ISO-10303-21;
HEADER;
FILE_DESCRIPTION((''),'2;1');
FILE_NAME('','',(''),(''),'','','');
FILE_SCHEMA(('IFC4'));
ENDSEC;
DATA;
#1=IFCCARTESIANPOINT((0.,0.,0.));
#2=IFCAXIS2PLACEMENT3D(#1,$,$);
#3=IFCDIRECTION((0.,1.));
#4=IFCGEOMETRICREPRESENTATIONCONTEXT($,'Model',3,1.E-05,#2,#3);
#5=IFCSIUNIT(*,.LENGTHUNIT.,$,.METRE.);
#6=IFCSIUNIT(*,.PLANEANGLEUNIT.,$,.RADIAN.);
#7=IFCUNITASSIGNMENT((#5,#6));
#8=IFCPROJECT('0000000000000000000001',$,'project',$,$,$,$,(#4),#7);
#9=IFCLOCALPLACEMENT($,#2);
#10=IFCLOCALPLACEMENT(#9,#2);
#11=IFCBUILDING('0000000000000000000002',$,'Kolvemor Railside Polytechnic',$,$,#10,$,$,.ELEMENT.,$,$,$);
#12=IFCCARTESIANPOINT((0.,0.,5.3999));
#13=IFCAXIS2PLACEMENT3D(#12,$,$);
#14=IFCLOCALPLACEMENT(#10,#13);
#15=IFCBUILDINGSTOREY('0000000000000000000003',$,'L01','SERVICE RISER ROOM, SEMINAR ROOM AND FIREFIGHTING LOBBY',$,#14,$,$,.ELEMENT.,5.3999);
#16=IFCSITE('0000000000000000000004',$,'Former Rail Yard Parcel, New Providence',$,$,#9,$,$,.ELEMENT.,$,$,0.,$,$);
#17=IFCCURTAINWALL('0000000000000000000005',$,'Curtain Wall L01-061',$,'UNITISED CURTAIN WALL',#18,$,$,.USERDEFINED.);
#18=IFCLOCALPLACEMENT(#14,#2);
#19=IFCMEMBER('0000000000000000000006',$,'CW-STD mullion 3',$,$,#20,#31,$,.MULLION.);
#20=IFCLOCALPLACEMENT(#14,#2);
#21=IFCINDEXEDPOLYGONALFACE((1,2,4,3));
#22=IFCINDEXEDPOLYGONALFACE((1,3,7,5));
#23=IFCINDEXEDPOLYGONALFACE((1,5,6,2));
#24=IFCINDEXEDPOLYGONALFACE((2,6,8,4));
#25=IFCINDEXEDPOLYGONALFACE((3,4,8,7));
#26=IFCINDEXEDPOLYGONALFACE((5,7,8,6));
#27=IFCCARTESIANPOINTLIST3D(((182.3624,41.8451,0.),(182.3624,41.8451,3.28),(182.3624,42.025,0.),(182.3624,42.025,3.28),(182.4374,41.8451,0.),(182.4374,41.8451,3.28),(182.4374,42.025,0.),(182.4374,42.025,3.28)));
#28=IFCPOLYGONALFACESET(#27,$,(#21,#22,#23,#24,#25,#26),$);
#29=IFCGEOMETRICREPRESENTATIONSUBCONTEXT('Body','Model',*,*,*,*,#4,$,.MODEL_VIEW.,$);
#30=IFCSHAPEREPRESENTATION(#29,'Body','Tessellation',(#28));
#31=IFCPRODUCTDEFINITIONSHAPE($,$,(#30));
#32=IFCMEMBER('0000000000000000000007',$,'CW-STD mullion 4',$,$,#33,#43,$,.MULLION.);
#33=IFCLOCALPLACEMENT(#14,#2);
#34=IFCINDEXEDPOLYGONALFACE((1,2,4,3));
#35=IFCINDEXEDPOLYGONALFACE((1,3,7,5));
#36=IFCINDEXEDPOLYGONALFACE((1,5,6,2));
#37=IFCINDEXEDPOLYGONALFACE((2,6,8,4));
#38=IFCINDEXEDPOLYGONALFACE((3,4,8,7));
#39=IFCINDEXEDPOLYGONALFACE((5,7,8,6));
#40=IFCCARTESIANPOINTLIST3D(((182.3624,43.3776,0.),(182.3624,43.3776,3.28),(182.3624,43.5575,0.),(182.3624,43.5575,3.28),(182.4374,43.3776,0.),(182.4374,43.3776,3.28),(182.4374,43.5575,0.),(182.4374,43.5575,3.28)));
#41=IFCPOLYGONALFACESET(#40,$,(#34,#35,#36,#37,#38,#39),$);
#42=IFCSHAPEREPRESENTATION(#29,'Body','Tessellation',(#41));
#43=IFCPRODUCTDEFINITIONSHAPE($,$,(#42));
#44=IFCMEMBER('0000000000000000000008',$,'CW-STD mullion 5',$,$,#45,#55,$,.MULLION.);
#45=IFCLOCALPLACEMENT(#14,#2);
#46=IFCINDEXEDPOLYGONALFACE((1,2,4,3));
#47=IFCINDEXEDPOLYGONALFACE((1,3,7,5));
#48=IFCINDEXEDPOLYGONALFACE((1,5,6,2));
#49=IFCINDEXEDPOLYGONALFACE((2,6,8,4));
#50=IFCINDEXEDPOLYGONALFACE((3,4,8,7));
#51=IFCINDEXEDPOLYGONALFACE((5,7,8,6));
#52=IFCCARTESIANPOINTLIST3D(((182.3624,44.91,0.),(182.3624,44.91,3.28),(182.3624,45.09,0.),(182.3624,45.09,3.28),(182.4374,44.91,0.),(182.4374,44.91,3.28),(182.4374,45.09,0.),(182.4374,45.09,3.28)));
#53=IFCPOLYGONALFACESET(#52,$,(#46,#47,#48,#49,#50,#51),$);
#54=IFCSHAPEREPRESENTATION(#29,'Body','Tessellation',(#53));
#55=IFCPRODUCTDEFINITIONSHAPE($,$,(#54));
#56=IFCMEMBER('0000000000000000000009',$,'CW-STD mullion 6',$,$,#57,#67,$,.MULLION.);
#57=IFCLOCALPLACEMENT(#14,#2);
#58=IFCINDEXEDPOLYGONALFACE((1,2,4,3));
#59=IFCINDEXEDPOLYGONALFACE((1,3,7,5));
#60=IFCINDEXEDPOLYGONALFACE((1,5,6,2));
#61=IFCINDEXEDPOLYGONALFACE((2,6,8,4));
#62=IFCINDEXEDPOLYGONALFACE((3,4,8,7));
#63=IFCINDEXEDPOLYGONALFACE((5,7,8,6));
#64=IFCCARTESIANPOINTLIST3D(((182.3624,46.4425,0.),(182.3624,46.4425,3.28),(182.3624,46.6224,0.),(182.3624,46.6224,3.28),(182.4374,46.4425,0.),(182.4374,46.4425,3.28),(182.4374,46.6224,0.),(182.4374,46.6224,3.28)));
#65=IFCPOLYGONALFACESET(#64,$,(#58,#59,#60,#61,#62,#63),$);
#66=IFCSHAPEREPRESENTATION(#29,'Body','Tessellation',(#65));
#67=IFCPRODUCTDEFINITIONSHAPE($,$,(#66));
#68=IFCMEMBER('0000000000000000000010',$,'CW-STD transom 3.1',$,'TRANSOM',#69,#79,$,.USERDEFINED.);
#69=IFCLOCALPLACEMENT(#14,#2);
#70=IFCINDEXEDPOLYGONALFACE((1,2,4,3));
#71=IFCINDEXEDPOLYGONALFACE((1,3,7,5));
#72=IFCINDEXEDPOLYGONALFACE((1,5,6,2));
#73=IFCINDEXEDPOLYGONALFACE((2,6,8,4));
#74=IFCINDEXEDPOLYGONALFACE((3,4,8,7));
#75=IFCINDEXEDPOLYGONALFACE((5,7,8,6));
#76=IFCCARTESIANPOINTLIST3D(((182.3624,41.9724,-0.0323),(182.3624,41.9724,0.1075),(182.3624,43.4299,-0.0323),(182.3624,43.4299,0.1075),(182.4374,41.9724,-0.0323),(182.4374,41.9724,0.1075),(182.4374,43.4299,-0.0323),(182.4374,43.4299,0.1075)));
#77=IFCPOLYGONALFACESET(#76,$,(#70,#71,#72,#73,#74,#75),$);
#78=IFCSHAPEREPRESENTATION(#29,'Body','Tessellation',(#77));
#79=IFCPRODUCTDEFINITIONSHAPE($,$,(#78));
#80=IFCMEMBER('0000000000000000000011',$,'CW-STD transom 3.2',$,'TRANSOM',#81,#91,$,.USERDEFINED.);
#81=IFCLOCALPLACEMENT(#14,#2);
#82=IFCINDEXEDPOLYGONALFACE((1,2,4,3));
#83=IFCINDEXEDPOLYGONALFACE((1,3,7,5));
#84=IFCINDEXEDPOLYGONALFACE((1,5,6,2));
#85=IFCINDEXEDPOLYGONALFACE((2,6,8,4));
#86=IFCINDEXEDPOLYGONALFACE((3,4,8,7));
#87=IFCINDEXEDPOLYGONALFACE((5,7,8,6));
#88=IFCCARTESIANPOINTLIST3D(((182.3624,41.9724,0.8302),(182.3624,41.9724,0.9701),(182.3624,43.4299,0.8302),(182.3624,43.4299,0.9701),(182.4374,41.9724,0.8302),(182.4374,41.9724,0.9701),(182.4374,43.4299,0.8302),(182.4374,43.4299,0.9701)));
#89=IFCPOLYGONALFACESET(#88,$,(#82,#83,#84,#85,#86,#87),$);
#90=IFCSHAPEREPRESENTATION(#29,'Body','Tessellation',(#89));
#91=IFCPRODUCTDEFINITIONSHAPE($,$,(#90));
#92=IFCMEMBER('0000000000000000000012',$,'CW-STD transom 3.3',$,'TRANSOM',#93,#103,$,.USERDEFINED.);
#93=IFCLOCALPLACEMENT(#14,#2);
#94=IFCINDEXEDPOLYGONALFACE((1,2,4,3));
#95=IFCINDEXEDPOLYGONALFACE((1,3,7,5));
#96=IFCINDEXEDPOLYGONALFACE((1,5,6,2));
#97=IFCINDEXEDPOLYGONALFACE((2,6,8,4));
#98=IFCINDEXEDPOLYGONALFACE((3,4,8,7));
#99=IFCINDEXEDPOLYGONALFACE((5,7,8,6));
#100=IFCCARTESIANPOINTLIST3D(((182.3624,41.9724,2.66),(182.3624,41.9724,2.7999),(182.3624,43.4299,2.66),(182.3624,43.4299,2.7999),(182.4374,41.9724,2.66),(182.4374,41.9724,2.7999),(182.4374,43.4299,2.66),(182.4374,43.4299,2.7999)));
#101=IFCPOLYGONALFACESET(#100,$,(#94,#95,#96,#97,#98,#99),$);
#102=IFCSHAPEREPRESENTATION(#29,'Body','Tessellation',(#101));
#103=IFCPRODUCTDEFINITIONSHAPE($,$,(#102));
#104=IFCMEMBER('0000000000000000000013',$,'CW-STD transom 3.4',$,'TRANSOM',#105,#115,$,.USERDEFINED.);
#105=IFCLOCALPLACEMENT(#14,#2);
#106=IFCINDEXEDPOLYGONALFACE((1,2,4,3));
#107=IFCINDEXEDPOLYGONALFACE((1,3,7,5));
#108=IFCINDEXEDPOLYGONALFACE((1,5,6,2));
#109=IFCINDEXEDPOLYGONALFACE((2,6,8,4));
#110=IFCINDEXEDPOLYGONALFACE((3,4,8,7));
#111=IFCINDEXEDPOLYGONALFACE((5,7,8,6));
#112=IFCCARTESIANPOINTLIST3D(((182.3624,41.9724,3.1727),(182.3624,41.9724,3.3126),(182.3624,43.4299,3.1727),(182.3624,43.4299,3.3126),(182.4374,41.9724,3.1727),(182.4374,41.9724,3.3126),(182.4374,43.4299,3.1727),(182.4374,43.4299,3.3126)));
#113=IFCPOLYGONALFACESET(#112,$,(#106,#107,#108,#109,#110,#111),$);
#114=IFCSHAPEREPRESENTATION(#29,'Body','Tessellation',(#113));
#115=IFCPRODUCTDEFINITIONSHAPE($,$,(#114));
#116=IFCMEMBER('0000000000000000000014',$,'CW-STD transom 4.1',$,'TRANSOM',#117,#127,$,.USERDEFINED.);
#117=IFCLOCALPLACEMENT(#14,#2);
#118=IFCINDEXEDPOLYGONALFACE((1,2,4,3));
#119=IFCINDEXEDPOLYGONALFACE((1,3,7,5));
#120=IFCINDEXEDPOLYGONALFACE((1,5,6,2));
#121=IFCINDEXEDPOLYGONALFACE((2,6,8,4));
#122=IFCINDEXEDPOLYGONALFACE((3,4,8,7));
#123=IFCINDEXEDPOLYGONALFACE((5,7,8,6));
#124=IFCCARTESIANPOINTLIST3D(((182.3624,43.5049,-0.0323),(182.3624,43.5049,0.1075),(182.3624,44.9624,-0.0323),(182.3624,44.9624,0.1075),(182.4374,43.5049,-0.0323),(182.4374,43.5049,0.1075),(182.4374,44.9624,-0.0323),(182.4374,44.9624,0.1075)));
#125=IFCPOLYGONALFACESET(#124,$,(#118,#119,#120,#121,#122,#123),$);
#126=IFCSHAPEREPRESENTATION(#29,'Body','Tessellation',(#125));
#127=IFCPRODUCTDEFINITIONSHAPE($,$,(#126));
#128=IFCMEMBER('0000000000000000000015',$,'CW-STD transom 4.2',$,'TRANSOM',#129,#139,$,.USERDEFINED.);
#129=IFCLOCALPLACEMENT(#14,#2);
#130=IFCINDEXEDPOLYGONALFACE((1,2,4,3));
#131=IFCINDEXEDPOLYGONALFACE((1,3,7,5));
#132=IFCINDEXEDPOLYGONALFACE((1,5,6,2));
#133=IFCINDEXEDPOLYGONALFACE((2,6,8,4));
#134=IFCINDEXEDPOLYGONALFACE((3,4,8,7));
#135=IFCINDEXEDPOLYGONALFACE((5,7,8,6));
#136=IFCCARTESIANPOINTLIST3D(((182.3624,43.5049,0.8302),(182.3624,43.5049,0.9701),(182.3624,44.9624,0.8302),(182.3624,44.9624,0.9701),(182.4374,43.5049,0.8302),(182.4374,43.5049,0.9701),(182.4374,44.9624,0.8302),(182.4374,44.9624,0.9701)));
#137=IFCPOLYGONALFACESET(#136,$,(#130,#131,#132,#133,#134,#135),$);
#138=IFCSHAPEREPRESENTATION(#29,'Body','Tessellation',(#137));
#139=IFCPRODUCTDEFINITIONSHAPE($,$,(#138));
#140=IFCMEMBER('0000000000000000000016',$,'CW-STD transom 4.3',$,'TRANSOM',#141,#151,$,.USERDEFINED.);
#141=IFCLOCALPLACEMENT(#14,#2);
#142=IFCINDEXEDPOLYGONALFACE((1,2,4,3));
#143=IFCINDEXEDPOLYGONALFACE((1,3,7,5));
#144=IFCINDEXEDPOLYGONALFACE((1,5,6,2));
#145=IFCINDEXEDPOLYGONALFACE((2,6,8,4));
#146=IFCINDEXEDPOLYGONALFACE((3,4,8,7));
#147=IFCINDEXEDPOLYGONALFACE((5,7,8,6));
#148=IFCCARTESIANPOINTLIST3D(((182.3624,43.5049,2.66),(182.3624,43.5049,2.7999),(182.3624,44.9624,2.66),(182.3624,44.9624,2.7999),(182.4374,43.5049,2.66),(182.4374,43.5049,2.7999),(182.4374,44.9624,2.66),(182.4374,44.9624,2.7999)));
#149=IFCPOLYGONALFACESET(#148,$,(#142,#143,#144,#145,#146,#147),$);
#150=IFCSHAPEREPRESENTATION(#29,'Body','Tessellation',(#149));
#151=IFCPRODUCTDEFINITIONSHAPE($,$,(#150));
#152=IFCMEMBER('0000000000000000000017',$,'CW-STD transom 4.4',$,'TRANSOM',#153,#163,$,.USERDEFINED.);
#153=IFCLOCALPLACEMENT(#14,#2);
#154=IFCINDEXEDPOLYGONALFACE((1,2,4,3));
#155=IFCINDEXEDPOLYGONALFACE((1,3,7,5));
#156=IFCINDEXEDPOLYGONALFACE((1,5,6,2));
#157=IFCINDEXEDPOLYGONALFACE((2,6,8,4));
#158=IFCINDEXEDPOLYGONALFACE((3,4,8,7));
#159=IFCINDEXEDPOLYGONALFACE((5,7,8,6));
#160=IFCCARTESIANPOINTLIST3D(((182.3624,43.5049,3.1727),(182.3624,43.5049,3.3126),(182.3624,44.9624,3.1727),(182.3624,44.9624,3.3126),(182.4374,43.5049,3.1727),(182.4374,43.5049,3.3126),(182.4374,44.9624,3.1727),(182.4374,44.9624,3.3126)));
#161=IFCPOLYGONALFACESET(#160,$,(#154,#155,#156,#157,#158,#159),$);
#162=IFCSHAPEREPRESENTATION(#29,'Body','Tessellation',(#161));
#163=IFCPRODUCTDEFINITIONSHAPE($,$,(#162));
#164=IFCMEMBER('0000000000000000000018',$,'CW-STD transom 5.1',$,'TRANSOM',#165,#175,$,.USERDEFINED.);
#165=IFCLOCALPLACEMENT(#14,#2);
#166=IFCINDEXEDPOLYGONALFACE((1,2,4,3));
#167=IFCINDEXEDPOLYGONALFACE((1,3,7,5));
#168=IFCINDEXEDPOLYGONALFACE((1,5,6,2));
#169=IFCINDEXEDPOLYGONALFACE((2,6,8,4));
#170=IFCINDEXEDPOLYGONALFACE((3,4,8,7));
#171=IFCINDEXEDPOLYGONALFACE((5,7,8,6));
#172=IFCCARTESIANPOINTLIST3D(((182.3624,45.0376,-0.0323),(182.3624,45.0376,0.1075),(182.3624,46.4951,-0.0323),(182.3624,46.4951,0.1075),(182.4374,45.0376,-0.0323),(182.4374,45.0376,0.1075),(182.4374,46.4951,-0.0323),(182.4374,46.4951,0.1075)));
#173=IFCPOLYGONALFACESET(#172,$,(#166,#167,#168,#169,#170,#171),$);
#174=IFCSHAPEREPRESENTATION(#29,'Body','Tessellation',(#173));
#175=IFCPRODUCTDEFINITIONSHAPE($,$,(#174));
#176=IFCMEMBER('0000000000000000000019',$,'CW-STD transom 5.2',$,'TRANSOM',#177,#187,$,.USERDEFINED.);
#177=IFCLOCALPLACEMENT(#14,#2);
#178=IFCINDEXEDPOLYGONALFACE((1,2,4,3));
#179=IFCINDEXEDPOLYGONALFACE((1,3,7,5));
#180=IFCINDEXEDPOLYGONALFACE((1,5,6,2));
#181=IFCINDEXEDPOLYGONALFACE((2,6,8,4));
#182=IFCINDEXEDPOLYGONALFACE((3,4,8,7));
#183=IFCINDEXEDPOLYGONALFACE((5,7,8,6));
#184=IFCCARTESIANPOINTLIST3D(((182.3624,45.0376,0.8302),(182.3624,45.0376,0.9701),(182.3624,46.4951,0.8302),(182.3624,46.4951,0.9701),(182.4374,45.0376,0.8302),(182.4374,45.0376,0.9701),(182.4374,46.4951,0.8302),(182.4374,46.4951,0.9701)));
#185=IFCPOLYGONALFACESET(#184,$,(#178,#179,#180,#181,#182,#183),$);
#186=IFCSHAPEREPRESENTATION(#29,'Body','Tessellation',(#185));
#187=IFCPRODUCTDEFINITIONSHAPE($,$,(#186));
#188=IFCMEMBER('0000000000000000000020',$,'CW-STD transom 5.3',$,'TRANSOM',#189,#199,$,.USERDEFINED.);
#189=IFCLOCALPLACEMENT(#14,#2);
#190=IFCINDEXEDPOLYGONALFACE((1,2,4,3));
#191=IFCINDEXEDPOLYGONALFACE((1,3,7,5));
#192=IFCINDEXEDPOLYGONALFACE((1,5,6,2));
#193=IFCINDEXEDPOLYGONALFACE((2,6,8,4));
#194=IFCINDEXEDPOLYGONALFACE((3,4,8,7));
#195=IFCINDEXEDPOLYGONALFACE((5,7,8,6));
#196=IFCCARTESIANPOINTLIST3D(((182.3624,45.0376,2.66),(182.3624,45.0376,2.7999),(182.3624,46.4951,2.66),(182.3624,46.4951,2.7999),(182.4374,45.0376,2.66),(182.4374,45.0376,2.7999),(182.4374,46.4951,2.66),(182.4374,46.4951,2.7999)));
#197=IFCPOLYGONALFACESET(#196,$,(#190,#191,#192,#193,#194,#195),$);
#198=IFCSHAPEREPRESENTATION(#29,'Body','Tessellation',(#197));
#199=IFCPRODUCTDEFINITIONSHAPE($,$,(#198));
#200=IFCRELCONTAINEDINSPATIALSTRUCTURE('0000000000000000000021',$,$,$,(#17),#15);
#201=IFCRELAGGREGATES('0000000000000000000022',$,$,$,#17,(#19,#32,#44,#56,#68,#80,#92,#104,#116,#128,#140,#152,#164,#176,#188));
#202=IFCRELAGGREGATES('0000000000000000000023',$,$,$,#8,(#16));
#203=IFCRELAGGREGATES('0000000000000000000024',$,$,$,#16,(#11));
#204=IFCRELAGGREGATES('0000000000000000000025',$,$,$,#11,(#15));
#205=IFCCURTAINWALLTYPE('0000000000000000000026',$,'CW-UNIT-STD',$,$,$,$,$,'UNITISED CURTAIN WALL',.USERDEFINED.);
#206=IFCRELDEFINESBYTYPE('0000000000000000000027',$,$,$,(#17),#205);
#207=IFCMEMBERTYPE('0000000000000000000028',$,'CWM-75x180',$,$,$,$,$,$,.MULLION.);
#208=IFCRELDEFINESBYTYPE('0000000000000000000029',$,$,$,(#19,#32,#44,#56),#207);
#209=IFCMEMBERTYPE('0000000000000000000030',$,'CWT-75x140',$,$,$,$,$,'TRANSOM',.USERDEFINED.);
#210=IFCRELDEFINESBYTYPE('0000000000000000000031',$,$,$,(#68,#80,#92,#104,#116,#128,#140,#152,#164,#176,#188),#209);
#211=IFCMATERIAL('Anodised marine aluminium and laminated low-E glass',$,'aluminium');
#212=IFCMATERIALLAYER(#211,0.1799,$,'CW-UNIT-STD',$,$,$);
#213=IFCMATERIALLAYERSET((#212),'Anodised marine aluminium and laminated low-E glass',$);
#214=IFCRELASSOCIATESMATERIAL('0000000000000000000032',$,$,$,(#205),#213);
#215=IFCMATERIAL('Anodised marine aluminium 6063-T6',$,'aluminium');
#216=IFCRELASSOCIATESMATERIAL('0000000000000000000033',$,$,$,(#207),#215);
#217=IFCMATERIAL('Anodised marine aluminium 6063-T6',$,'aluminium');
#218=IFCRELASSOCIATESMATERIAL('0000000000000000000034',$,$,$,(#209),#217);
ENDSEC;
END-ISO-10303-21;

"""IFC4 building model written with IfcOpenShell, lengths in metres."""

from ifc_helpers import new_model, si_unit, direction, frame, origin, origin_2d, place, context, subcontext, project, spatial, rectangle, extrude, material, layer, layer_set, material_profile, profile_set, type_object, element, aggregate, save


model = new_model("IFC4")

# Units and contexts
model_context = context("Model", 3, precision=1e-05, world=origin(), true_north=direction((0.0, 1.0)))
body_context = subcontext(model_context, "Body", "Model", "MODEL_VIEW")
ifc_project = project(units=[si_unit("LENGTHUNIT", "METRE"), si_unit("PLANEANGLEUNIT", "RADIAN")], contexts=[model_context])

# Site, building, storey
site_placement = place(None, origin())
site = spatial("IfcSite", under=ifc_project, at=site_placement, Name="Former Rail Yard Parcel, New Providence", CompositionType="ELEMENT", RefElevation=0.0)
building_placement = place(site_placement, origin())
building = spatial("IfcBuilding", under=site, at=building_placement, Name="Kolvemor Railside Polytechnic", CompositionType="ELEMENT")
storey_placement = place(building_placement, frame((0.0, 0.0, 5.3999)))
storey = spatial("IfcBuildingStorey", under=building, at=storey_placement, Name="L01", Description="SERVICE RISER ROOM, SEMINAR ROOM AND FIREFIGHTING LOBBY", CompositionType="ELEMENT", Elevation=5.3999)

# Curtain wall, members
ifc_material_1 = material(Name="Anodised marine aluminium and laminated low-E glass", Category="aluminium")
ifc_layer_1 = layer(ifc_material_1, 0.1799, Name="CW-UNIT-STD")
ifc_layer_set_1 = layer_set([ifc_layer_1], Name="Anodised marine aluminium and laminated low-E glass")
curtain_wall_type = type_object("IfcCurtainWallType", Name="CW-UNIT-STD", ElementType="UNITISED CURTAIN WALL", PredefinedType="USERDEFINED", material=ifc_layer_set_1)
curtain_wall_placement = place(storey_placement, origin())
curtain_wall = element("IfcCurtainWall", 1, at=curtain_wall_placement, inside=storey, type_object=curtain_wall_type, Name="Curtain Wall L01-061", ObjectType="UNITISED CURTAIN WALL", PredefinedType="USERDEFINED")
ifc_material_2 = material(Name="Anodised marine aluminium 6063-T6", Category="aluminium")
ifc_material_profile_1 = material_profile(ifc_material_2, rectangle(XDim=0.075, YDim=0.1799, at=origin_2d()), Name="CW-MUL-75x180")
ifc_profile_set_1 = profile_set([ifc_material_profile_1], Name="Anodised marine aluminium 6063-T6")
member_type_1 = type_object("IfcMemberType", Name="CWM-75x180", PredefinedType="MULLION", material=ifc_profile_set_1)
member_1_placement = place(storey_placement, frame((182.3999, 41.9351, 0.0), z_axis=(0.0, 0.0, 1.0), x_axis=(-1.0, 0.0, 0.0)))
member_1 = element("IfcMember", 2, at=member_1_placement, type_object=member_type_1, Name="CW-STD mullion 3", PredefinedType="MULLION", context=body_context, shape_type="SweptSolid", body=[
    extrude(rectangle(XDim=0.075, YDim=0.1799, at=origin_2d()), origin(), (0.0, 0.0, 1.0), 3.28),
])
member_2_placement = place(storey_placement, frame((182.3999, 43.4675, 0.0), z_axis=(0.0, 0.0, 1.0), x_axis=(-1.0, 0.0, 0.0)))
member_2 = element("IfcMember", 3, at=member_2_placement, type_object=member_type_1, Name="CW-STD mullion 4", PredefinedType="MULLION", context=body_context, shape_type="SweptSolid", body=[
    extrude(rectangle(XDim=0.075, YDim=0.1799, at=origin_2d()), origin(), (0.0, 0.0, 1.0), 3.28),
])
member_3_placement = place(storey_placement, frame((182.3999, 45.0, 0.0), z_axis=(0.0, 0.0, 1.0), x_axis=(-1.0, 0.0, 0.0)))
member_3 = element("IfcMember", 4, at=member_3_placement, type_object=member_type_1, Name="CW-STD mullion 5", PredefinedType="MULLION", context=body_context, shape_type="SweptSolid", body=[
    extrude(rectangle(XDim=0.075, YDim=0.1799, at=origin_2d()), origin(), (0.0, 0.0, 1.0), 3.28),
])
member_4_placement = place(storey_placement, frame((182.3999, 46.5325, 0.0), z_axis=(0.0, 0.0, 1.0), x_axis=(-1.0, 0.0, 0.0)))
member_4 = element("IfcMember", 5, at=member_4_placement, type_object=member_type_1, Name="CW-STD mullion 6", PredefinedType="MULLION", context=body_context, shape_type="SweptSolid", body=[
    extrude(rectangle(XDim=0.075, YDim=0.1799, at=origin_2d()), origin(), (0.0, 0.0, 1.0), 3.28),
])
ifc_material_3 = material(Name="Anodised marine aluminium 6063-T6", Category="aluminium")
ifc_material_profile_2 = material_profile(ifc_material_3, rectangle(XDim=0.075, YDim=0.1399, at=origin_2d()), Name="CW-TRN-75x140")
ifc_profile_set_2 = profile_set([ifc_material_profile_2], Name="Anodised marine aluminium 6063-T6")
member_type_2 = type_object("IfcMemberType", Name="CWT-75x140", ElementType="TRANSOM", PredefinedType="USERDEFINED", material=ifc_profile_set_2)
member_5_placement = place(storey_placement, frame((182.3999, 41.9724, 0.0376), z_axis=(0.0, 1.0, 0.0), x_axis=(-1.0, 0.0, 0.0)))
member_5 = element("IfcMember", 6, at=member_5_placement, type_object=member_type_2, Name="CW-STD transom 3.1", ObjectType="TRANSOM", PredefinedType="USERDEFINED", context=body_context, shape_type="SweptSolid", body=[
    extrude(rectangle(XDim=0.075, YDim=0.1399, at=origin_2d()), origin(), (0.0, 0.0, 1.0), 1.4575),
])
member_6_placement = place(storey_placement, frame((182.3999, 41.9724, 0.9001), z_axis=(0.0, 1.0, 0.0), x_axis=(-1.0, 0.0, 0.0)))
member_6 = element("IfcMember", 7, at=member_6_placement, type_object=member_type_2, Name="CW-STD transom 3.2", ObjectType="TRANSOM", PredefinedType="USERDEFINED", context=body_context, shape_type="SweptSolid", body=[
    extrude(rectangle(XDim=0.075, YDim=0.1399, at=origin_2d()), origin(), (0.0, 0.0, 1.0), 1.4575),
])
member_7_placement = place(storey_placement, frame((182.3999, 41.9724, 2.73), z_axis=(0.0, 1.0, 0.0), x_axis=(-1.0, 0.0, 0.0)))
member_7 = element("IfcMember", 8, at=member_7_placement, type_object=member_type_2, Name="CW-STD transom 3.3", ObjectType="TRANSOM", PredefinedType="USERDEFINED", context=body_context, shape_type="SweptSolid", body=[
    extrude(rectangle(XDim=0.075, YDim=0.1399, at=origin_2d()), origin(), (0.0, 0.0, 1.0), 1.4575),
])
member_8_placement = place(storey_placement, frame((182.3999, 41.9724, 3.2427), z_axis=(0.0, 1.0, 0.0), x_axis=(-1.0, 0.0, 0.0)))
member_8 = element("IfcMember", 9, at=member_8_placement, type_object=member_type_2, Name="CW-STD transom 3.4", ObjectType="TRANSOM", PredefinedType="USERDEFINED", context=body_context, shape_type="SweptSolid", body=[
    extrude(rectangle(XDim=0.075, YDim=0.1399, at=origin_2d()), origin(), (0.0, 0.0, 1.0), 1.4575),
])
member_9_placement = place(storey_placement, frame((182.3999, 43.5049, 0.0376), z_axis=(0.0, 1.0, 0.0), x_axis=(-1.0, 0.0, 0.0)))
member_9 = element("IfcMember", 10, at=member_9_placement, type_object=member_type_2, Name="CW-STD transom 4.1", ObjectType="TRANSOM", PredefinedType="USERDEFINED", context=body_context, shape_type="SweptSolid", body=[
    extrude(rectangle(XDim=0.075, YDim=0.1399, at=origin_2d()), origin(), (0.0, 0.0, 1.0), 1.4575),
])
member_10_placement = place(storey_placement, frame((182.3999, 43.5049, 0.9001), z_axis=(0.0, 1.0, 0.0), x_axis=(-1.0, 0.0, 0.0)))
member_10 = element("IfcMember", 11, at=member_10_placement, type_object=member_type_2, Name="CW-STD transom 4.2", ObjectType="TRANSOM", PredefinedType="USERDEFINED", context=body_context, shape_type="SweptSolid", body=[
    extrude(rectangle(XDim=0.075, YDim=0.1399, at=origin_2d()), origin(), (0.0, 0.0, 1.0), 1.4575),
])
member_11_placement = place(storey_placement, frame((182.3999, 43.5049, 2.73), z_axis=(0.0, 1.0, 0.0), x_axis=(-1.0, 0.0, 0.0)))
member_11 = element("IfcMember", 12, at=member_11_placement, type_object=member_type_2, Name="CW-STD transom 4.3", ObjectType="TRANSOM", PredefinedType="USERDEFINED", context=body_context, shape_type="SweptSolid", body=[
    extrude(rectangle(XDim=0.075, YDim=0.1399, at=origin_2d()), origin(), (0.0, 0.0, 1.0), 1.4575),
])
member_12_placement = place(storey_placement, frame((182.3999, 43.5049, 3.2427), z_axis=(0.0, 1.0, 0.0), x_axis=(-1.0, 0.0, 0.0)))
member_12 = element("IfcMember", 13, at=member_12_placement, type_object=member_type_2, Name="CW-STD transom 4.4", ObjectType="TRANSOM", PredefinedType="USERDEFINED", context=body_context, shape_type="SweptSolid", body=[
    extrude(rectangle(XDim=0.075, YDim=0.1399, at=origin_2d()), origin(), (0.0, 0.0, 1.0), 1.4575),
])
member_13_placement = place(storey_placement, frame((182.3999, 45.0376, 0.0376), z_axis=(0.0, 1.0, 0.0), x_axis=(-1.0, 0.0, 0.0)))
member_13 = element("IfcMember", 14, at=member_13_placement, type_object=member_type_2, Name="CW-STD transom 5.1", ObjectType="TRANSOM", PredefinedType="USERDEFINED", context=body_context, shape_type="SweptSolid", body=[
    extrude(rectangle(XDim=0.075, YDim=0.1399, at=origin_2d()), origin(), (0.0, 0.0, 1.0), 1.4575),
])
member_14_placement = place(storey_placement, frame((182.3999, 45.0376, 0.9001), z_axis=(0.0, 1.0, 0.0), x_axis=(-1.0, 0.0, 0.0)))
member_14 = element("IfcMember", 15, at=member_14_placement, type_object=member_type_2, Name="CW-STD transom 5.2", ObjectType="TRANSOM", PredefinedType="USERDEFINED", context=body_context, shape_type="SweptSolid", body=[
    extrude(rectangle(XDim=0.075, YDim=0.1399, at=origin_2d()), origin(), (0.0, 0.0, 1.0), 1.4575),
])
member_15_placement = place(storey_placement, frame((182.3999, 45.0376, 2.73), z_axis=(0.0, 1.0, 0.0), x_axis=(-1.0, 0.0, 0.0)))
member_15 = element("IfcMember", 16, at=member_15_placement, type_object=member_type_2, Name="CW-STD transom 5.3", ObjectType="TRANSOM", PredefinedType="USERDEFINED", context=body_context, shape_type="SweptSolid", body=[
    extrude(rectangle(XDim=0.075, YDim=0.1399, at=origin_2d()), origin(), (0.0, 0.0, 1.0), 1.4575),
])
aggregate(curtain_wall, [member_1, member_2, member_3, member_4, member_5, member_6, member_7, member_8, member_9, member_10, member_11, member_12, member_13, member_14, member_15])

save(model, "model.ifc")
